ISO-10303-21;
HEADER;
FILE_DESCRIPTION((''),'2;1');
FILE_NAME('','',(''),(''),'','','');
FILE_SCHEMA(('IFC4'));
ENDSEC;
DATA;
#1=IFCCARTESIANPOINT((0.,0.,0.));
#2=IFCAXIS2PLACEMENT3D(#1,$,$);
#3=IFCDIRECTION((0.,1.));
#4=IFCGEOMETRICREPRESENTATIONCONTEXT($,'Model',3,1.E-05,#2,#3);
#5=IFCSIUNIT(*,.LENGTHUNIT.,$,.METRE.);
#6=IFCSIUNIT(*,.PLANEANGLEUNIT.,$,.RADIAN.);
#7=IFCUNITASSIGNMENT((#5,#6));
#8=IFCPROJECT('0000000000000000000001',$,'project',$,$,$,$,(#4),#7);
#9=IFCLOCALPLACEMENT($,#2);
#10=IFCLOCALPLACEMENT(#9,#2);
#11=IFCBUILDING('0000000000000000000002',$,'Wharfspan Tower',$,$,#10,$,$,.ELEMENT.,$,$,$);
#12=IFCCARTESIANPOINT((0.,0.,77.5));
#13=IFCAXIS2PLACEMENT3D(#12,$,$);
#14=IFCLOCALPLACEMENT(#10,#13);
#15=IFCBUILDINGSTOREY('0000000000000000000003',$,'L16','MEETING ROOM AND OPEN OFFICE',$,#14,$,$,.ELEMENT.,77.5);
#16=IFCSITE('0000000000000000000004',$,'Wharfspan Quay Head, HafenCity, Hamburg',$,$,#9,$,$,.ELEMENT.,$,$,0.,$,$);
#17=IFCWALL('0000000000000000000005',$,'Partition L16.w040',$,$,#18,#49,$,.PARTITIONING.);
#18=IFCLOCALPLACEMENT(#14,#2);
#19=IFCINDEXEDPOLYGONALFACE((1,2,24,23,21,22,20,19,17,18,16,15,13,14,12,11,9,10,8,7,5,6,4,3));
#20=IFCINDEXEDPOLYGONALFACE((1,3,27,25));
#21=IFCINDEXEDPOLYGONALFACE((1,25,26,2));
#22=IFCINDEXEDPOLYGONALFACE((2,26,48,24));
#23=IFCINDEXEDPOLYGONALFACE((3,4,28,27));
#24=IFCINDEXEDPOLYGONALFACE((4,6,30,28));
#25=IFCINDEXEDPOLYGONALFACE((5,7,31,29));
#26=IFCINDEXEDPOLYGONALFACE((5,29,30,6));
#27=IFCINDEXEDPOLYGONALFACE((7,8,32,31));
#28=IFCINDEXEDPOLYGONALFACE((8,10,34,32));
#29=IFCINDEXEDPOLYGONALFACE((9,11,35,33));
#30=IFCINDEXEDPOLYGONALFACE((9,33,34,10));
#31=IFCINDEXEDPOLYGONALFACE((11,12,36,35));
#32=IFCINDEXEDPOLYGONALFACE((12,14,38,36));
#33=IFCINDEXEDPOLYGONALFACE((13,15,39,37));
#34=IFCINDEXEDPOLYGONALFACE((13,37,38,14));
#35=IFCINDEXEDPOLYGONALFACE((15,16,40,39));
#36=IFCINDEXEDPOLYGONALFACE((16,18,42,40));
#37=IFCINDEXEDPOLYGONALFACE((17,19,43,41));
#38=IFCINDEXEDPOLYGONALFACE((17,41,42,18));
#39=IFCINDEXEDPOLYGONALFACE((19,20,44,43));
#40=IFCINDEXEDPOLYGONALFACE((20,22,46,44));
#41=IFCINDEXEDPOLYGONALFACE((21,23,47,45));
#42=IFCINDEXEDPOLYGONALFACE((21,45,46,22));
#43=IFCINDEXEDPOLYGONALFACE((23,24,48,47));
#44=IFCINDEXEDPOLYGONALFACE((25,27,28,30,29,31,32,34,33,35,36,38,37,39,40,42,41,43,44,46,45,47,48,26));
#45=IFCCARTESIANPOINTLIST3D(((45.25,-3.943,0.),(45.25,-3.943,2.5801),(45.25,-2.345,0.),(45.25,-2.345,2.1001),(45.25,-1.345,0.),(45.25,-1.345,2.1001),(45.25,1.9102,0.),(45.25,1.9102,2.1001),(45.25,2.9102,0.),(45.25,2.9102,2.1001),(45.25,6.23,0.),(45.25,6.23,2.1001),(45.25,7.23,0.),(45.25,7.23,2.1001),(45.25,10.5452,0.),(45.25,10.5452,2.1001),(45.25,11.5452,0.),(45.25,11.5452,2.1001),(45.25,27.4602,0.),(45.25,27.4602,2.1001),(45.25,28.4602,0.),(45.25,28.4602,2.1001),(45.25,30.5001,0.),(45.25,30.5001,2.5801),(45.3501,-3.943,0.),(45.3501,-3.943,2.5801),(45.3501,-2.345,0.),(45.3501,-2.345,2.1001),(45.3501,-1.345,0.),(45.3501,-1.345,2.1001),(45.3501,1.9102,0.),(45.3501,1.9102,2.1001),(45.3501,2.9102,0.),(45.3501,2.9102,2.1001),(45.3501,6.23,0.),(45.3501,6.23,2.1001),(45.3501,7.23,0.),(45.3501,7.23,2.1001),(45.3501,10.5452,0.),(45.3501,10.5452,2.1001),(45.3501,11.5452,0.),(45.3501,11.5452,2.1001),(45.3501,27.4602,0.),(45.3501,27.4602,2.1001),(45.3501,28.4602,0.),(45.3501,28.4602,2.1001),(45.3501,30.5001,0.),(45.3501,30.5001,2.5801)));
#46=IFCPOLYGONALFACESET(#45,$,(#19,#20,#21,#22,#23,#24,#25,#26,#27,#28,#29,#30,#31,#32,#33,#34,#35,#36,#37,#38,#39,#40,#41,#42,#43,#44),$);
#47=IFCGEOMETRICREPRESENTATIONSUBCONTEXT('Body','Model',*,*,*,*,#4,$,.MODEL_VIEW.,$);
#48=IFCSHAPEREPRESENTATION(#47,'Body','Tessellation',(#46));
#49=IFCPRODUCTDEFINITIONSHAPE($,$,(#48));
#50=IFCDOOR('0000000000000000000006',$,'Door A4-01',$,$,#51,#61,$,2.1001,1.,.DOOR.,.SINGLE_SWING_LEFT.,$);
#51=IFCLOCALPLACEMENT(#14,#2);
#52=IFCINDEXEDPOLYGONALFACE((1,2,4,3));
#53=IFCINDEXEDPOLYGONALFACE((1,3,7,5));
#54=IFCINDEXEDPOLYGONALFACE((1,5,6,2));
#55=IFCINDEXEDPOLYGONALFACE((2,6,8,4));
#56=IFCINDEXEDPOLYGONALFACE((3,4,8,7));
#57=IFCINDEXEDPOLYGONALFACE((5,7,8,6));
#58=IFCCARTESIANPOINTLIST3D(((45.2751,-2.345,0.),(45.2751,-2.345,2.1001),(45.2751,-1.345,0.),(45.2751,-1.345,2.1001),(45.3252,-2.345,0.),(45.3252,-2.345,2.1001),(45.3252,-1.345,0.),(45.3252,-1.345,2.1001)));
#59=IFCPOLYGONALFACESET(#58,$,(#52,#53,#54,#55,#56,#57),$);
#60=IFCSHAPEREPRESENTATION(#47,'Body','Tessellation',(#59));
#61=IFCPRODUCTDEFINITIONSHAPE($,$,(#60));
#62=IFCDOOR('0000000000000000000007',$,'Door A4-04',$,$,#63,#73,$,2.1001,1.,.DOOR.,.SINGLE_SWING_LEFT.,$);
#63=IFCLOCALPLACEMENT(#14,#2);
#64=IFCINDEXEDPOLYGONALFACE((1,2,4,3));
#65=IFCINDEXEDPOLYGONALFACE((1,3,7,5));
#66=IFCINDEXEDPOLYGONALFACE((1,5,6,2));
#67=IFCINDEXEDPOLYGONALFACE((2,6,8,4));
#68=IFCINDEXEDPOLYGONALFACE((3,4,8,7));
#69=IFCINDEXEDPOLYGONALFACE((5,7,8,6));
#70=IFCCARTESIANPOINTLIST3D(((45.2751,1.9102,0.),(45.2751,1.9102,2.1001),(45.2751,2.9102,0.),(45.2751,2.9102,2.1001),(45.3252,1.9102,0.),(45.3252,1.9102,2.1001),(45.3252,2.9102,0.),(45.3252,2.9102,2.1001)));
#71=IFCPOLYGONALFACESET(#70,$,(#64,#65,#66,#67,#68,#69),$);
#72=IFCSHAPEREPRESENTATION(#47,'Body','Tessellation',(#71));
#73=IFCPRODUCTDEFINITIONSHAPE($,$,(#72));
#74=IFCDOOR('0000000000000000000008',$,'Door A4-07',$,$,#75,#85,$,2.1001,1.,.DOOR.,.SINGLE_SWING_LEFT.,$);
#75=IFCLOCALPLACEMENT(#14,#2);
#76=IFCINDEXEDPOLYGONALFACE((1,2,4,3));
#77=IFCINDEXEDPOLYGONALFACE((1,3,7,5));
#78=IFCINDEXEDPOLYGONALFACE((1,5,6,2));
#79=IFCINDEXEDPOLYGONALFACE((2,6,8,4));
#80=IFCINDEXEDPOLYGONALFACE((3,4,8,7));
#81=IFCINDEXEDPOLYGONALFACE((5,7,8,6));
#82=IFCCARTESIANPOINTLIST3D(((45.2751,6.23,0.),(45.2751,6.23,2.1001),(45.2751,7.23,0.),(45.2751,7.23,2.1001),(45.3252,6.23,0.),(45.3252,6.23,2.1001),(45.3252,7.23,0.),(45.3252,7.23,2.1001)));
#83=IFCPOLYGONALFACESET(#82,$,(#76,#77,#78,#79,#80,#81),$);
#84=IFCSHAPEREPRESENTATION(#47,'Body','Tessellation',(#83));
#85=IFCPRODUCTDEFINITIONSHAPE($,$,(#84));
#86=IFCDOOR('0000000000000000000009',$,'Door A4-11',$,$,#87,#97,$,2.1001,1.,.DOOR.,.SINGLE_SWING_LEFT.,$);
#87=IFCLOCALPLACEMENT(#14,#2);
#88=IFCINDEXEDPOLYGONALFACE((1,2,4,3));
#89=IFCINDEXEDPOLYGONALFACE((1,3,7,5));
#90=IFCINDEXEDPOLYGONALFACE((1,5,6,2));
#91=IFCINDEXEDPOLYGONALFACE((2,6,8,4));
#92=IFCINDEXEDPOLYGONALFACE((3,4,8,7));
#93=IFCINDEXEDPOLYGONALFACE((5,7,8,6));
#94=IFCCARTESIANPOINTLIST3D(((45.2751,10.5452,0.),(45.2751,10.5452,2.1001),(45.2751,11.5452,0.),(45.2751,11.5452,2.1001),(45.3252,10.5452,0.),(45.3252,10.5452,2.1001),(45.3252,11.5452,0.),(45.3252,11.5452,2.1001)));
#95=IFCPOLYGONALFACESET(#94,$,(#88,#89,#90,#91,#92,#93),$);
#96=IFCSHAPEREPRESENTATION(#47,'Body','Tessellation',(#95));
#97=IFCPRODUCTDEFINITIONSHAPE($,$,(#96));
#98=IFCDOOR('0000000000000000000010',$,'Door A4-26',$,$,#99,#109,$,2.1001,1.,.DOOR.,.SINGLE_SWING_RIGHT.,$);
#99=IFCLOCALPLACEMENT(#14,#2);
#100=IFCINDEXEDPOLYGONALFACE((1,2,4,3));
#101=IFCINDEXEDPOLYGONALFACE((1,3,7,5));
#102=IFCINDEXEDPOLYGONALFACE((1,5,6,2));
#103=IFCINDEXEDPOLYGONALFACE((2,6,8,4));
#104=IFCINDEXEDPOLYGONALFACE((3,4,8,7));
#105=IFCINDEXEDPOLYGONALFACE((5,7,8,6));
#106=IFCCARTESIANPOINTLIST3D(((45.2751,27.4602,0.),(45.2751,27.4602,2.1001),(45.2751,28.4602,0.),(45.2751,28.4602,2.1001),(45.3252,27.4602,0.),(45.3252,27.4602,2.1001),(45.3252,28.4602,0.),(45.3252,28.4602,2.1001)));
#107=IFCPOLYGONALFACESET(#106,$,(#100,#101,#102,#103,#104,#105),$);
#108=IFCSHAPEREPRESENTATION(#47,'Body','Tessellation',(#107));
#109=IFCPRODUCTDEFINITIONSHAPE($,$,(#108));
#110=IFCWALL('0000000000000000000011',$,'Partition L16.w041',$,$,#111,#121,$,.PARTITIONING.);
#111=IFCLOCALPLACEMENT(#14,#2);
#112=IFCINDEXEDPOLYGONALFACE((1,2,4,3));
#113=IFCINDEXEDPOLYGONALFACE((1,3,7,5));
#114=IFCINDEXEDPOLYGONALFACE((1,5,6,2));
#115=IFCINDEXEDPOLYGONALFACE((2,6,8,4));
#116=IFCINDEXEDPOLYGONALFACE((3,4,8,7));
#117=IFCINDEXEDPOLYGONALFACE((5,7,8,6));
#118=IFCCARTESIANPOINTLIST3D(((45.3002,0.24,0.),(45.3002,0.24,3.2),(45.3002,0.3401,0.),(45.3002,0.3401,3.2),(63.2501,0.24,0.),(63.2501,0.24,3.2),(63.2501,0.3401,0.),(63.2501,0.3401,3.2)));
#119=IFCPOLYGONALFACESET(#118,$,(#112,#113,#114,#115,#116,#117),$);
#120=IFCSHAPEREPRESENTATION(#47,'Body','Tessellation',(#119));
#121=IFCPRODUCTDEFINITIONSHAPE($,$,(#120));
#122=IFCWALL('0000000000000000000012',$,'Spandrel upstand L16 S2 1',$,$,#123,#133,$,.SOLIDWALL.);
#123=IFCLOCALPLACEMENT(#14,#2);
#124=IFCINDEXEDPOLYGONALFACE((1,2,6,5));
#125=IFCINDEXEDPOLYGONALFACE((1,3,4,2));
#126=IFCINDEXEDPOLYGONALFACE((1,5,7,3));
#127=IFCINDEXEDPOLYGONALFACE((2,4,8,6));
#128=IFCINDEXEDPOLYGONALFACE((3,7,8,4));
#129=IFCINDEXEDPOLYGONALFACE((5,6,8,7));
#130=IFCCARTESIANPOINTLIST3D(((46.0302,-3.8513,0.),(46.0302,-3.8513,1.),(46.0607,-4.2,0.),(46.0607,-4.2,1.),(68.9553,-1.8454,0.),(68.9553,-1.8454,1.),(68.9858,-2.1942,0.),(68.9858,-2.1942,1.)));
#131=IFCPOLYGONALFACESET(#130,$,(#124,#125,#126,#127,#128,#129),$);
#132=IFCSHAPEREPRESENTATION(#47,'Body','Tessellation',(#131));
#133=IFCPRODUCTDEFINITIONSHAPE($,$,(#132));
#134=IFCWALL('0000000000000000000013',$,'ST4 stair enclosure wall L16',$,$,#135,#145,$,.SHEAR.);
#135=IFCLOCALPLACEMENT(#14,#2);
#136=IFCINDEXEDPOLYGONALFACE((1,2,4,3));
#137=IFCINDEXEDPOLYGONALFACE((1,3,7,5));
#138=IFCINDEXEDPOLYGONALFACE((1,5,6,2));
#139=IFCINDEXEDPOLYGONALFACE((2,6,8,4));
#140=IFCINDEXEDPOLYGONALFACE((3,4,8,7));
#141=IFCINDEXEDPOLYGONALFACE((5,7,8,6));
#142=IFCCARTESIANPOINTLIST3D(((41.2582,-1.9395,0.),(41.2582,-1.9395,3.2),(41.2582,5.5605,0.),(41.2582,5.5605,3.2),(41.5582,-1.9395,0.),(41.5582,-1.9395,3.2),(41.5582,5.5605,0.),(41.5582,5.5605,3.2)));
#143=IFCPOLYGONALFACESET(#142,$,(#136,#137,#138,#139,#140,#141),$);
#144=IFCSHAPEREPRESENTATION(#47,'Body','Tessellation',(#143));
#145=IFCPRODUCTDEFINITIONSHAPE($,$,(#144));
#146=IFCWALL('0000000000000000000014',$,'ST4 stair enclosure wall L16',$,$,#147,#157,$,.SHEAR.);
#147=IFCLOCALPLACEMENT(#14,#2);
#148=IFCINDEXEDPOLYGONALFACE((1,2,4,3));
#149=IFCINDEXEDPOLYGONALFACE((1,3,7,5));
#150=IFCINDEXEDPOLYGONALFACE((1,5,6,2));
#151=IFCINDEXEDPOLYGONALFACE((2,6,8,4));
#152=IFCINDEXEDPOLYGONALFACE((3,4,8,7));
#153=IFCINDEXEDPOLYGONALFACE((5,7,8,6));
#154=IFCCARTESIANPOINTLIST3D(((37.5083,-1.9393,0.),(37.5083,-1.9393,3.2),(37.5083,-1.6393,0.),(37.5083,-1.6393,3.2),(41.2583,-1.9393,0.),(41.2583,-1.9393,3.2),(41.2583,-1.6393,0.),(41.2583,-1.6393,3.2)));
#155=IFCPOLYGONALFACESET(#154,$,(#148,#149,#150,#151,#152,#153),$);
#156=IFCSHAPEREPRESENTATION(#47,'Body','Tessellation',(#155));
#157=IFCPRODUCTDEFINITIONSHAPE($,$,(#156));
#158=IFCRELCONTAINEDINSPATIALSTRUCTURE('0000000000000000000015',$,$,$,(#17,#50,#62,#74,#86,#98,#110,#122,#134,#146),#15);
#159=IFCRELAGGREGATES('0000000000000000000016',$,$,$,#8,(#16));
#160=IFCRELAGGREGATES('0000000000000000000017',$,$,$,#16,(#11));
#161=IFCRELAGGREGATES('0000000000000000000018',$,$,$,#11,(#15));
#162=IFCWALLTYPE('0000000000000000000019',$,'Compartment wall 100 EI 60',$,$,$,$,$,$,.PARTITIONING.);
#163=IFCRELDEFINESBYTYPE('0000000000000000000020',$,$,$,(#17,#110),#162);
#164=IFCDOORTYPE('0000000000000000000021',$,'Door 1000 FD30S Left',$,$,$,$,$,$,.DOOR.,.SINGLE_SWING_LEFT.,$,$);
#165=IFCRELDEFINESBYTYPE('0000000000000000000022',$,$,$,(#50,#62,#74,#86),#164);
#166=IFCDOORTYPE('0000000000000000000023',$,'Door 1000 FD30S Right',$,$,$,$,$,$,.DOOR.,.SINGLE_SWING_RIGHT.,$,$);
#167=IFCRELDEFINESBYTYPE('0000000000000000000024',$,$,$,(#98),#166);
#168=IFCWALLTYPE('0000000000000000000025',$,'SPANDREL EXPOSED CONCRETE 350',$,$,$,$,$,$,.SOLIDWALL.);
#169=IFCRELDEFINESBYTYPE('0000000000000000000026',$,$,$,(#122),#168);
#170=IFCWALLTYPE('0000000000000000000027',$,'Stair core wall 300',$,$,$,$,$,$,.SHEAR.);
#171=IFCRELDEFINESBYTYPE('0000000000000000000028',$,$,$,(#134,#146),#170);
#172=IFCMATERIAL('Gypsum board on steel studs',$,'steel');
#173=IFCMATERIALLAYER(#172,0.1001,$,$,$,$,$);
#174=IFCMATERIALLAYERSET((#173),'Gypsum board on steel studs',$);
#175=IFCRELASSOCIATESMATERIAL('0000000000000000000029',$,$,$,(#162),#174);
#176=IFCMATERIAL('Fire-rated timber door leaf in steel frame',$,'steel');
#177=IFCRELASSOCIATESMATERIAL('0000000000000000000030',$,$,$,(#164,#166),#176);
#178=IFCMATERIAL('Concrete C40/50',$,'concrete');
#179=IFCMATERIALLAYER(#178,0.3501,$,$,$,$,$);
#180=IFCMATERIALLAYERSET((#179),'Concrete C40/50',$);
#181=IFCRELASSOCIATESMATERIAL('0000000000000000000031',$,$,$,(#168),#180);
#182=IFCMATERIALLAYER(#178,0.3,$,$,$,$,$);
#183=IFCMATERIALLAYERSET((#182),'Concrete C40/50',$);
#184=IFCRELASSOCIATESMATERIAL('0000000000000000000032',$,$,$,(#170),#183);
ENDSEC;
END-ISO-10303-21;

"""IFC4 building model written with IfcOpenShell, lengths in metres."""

from ifc_helpers import new_model, si_unit, direction, frame, frame_2d, origin, place, context, subcontext, project, spatial, rectangle, extrude, material, layer, layer_set, type_object, element, fill, save


model = new_model("IFC4")

# Units and contexts
model_context = context("Model", 3, precision=1e-05, world=origin(), true_north=direction((0.0, 1.0)))
body_context = subcontext(model_context, "Body", "Model", "MODEL_VIEW")
ifc_project = project(units=[si_unit("LENGTHUNIT", "METRE"), si_unit("PLANEANGLEUNIT", "RADIAN")], contexts=[model_context])

# Site, building, storey
site_placement = place(None, origin())
site = spatial("IfcSite", under=ifc_project, at=site_placement, Name="Wharfspan Quay Head, HafenCity, Hamburg", CompositionType="ELEMENT", RefElevation=0.0)
building_placement = place(site_placement, origin())
building = spatial("IfcBuilding", under=site, at=building_placement, Name="Wharfspan Tower", CompositionType="ELEMENT")
storey_placement = place(building_placement, frame((0.0, 0.0, 77.5)))
storey = spatial("IfcBuildingStorey", under=building, at=storey_placement, Name="L16", Description="MEETING ROOM AND OPEN OFFICE", CompositionType="ELEMENT", Elevation=77.5)

# Wall, openings, doors
ifc_material_1 = material(Name="Gypsum board on steel studs", Category="steel")
ifc_layer_1 = layer(ifc_material_1, 0.1001)
ifc_layer_set_1 = layer_set([ifc_layer_1], Name="Gypsum board on steel studs")
wall_type_1 = type_object("IfcWallType", Name="Compartment wall 100 EI 60", PredefinedType="PARTITIONING", material=ifc_layer_set_1)
wall_1_placement = place(storey_placement, frame((45.3, -3.9431, 0.0), z_axis=(0.0, 0.0, 1.0), x_axis=(0.0, 1.0, 0.0)))
wall_1 = element("IfcWall", 1, at=wall_1_placement, inside=storey, type_object=wall_type_1, Name="Partition L16.w040", PredefinedType="PARTITIONING", context=body_context, shape_type="SweptSolid", body=[
    extrude(rectangle(XDim=34.4431, YDim=0.1001, at=frame_2d((17.2217, 0.0))), origin(), (0.0, 0.0, 1.0), 2.5801),
])
opening_1_placement = place(wall_1_placement, frame((1.5981, 0.0, 0.0)))
opening_1 = element("IfcOpeningElement", 2, at=opening_1_placement, cuts=wall_1, PredefinedType="OPENING", context=body_context, shape_type="SweptSolid", body=[
    extrude(rectangle(XDim=1.0, YDim=2.1001, at=frame_2d((0.5, 1.05))), frame((0.0, 0.0601, 0.0), z_axis=(0.0, -1.0, 0.0), x_axis=(1.0, 0.0, 0.0)), (0.0, 0.0, 1.0), 0.1201),
])
opening_2_placement = place(wall_1_placement, frame((5.8533, 0.0, 0.0)))
opening_2 = element("IfcOpeningElement", 3, at=opening_2_placement, cuts=wall_1, PredefinedType="OPENING", context=body_context, shape_type="SweptSolid", body=[
    extrude(rectangle(XDim=1.0, YDim=2.1001, at=frame_2d((0.5, 1.05))), frame((0.0, 0.0601, 0.0), z_axis=(0.0, -1.0, 0.0), x_axis=(1.0, 0.0, 0.0)), (0.0, 0.0, 1.0), 0.1201),
])
opening_3_placement = place(wall_1_placement, frame((10.1731, 0.0, 0.0)))
opening_3 = element("IfcOpeningElement", 4, at=opening_3_placement, cuts=wall_1, PredefinedType="OPENING", context=body_context, shape_type="SweptSolid", body=[
    extrude(rectangle(XDim=1.0, YDim=2.1001, at=frame_2d((0.5, 1.05))), frame((0.0, 0.0601, 0.0), z_axis=(0.0, -1.0, 0.0), x_axis=(1.0, 0.0, 0.0)), (0.0, 0.0, 1.0), 0.1201),
])
opening_4_placement = place(wall_1_placement, frame((14.4883, 0.0, 0.0)))
opening_4 = element("IfcOpeningElement", 5, at=opening_4_placement, cuts=wall_1, PredefinedType="OPENING", context=body_context, shape_type="SweptSolid", body=[
    extrude(rectangle(XDim=1.0, YDim=2.1001, at=frame_2d((0.5, 1.05))), frame((0.0, 0.0601, 0.0), z_axis=(0.0, -1.0, 0.0), x_axis=(1.0, 0.0, 0.0)), (0.0, 0.0, 1.0), 0.1201),
])
opening_5_placement = place(wall_1_placement, frame((31.4033, 0.0, 0.0)))
opening_5 = element("IfcOpeningElement", 6, at=opening_5_placement, cuts=wall_1, PredefinedType="OPENING", context=body_context, shape_type="SweptSolid", body=[
    extrude(rectangle(XDim=1.0, YDim=2.1001, at=frame_2d((0.5, 1.05))), frame((0.0, 0.0601, 0.0), z_axis=(0.0, -1.0, 0.0), x_axis=(1.0, 0.0, 0.0)), (0.0, 0.0, 1.0), 0.1201),
])
ifc_material_2 = material(Name="Fire-rated timber door leaf in steel frame", Category="steel")
door_type_1 = type_object("IfcDoorType", Name="Door 1000 FD30S Left", OperationType="SINGLE_SWING_LEFT", PredefinedType="DOOR", material=ifc_material_2)
door_1_placement = place(opening_1_placement, origin())
door_1 = element("IfcDoor", 7, at=door_1_placement, inside=storey, type_object=door_type_1, Name="Door A4-01", OperationType="SINGLE_SWING_LEFT", OverallHeight=2.1001, OverallWidth=1.0, PredefinedType="DOOR", context=body_context, shape_type="SweptSolid", body=[
    extrude(rectangle(XDim=1.0, YDim=2.1001, at=frame_2d((0.5, 1.05))), frame((0.0, 0.0249, 0.0), z_axis=(0.0, -1.0, 0.0), x_axis=(1.0, 0.0, 0.0)), (0.0, 0.0, 1.0), 0.05),
])
fill(opening_1, door_1)
door_2_placement = place(opening_2_placement, origin())
door_2 = element("IfcDoor", 8, at=door_2_placement, inside=storey, type_object=door_type_1, Name="Door A4-04", OperationType="SINGLE_SWING_LEFT", OverallHeight=2.1001, OverallWidth=1.0, PredefinedType="DOOR", context=body_context, shape_type="SweptSolid", body=[
    extrude(rectangle(XDim=1.0, YDim=2.1001, at=frame_2d((0.5, 1.05))), frame((0.0, 0.0249, 0.0), z_axis=(0.0, -1.0, 0.0), x_axis=(1.0, 0.0, 0.0)), (0.0, 0.0, 1.0), 0.05),
])
fill(opening_2, door_2)
door_3_placement = place(opening_3_placement, origin())
door_3 = element("IfcDoor", 9, at=door_3_placement, inside=storey, type_object=door_type_1, Name="Door A4-07", OperationType="SINGLE_SWING_LEFT", OverallHeight=2.1001, OverallWidth=1.0, PredefinedType="DOOR", context=body_context, shape_type="SweptSolid", body=[
    extrude(rectangle(XDim=1.0, YDim=2.1001, at=frame_2d((0.5, 1.05))), frame((0.0, 0.0249, 0.0), z_axis=(0.0, -1.0, 0.0), x_axis=(1.0, 0.0, 0.0)), (0.0, 0.0, 1.0), 0.05),
])
fill(opening_3, door_3)
door_4_placement = place(opening_4_placement, origin())
door_4 = element("IfcDoor", 10, at=door_4_placement, inside=storey, type_object=door_type_1, Name="Door A4-11", OperationType="SINGLE_SWING_LEFT", OverallHeight=2.1001, OverallWidth=1.0, PredefinedType="DOOR", context=body_context, shape_type="SweptSolid", body=[
    extrude(rectangle(XDim=1.0, YDim=2.1001, at=frame_2d((0.5, 1.05))), frame((0.0, 0.0249, 0.0), z_axis=(0.0, -1.0, 0.0), x_axis=(1.0, 0.0, 0.0)), (0.0, 0.0, 1.0), 0.05),
])
fill(opening_4, door_4)
door_type_2 = type_object("IfcDoorType", Name="Door 1000 FD30S Right", OperationType="SINGLE_SWING_RIGHT", PredefinedType="DOOR", material=ifc_material_2)
door_5_placement = place(opening_5_placement, origin())
door_5 = element("IfcDoor", 11, at=door_5_placement, inside=storey, type_object=door_type_2, Name="Door A4-26", OperationType="SINGLE_SWING_RIGHT", OverallHeight=2.1001, OverallWidth=1.0, PredefinedType="DOOR", context=body_context, shape_type="SweptSolid", body=[
    extrude(rectangle(XDim=1.0, YDim=2.1001, at=frame_2d((0.5, 1.05))), frame((0.0, 0.0249, 0.0), z_axis=(0.0, -1.0, 0.0), x_axis=(1.0, 0.0, 0.0)), (0.0, 0.0, 1.0), 0.05),
])
fill(opening_5, door_5)

# Walls
wall_2_placement = place(storey_placement, frame((45.3, 0.29, 0.0), z_axis=(0.0, 0.0, 1.0), x_axis=(1.0, 0.0, 0.0)))
element("IfcWall", 12, at=wall_2_placement, inside=storey, type_object=wall_type_1, Name="Partition L16.w041", PredefinedType="PARTITIONING", context=body_context, shape_type="SweptSolid", body=[
    extrude(rectangle(XDim=17.95, YDim=0.1001, at=frame_2d((8.9751, 0.0))), origin(), (0.0, 0.0, 1.0), 3.2),
])
ifc_material_3 = material(Name="Concrete C40/50", Category="concrete")
ifc_layer_2 = layer(ifc_material_3, 0.3501)
ifc_layer_set_2 = layer_set([ifc_layer_2], Name="Concrete C40/50")
wall_type_2 = type_object("IfcWallType", Name="SPANDREL EXPOSED CONCRETE 350", PredefinedType="SOLIDWALL", material=ifc_layer_set_2)
wall_3_placement = place(storey_placement, frame((46.0454, -4.0256, 0.0), z_axis=(0.0, 0.0, 1.0), x_axis=(0.99619, 0.087163, 0.0)))
element("IfcWall", 13, at=wall_3_placement, inside=storey, type_object=wall_type_2, Name="Spandrel upstand L16 S2 1", PredefinedType="SOLIDWALL", context=body_context, shape_type="SweptSolid", body=[
    extrude(rectangle(XDim=23.0127, YDim=0.3501, at=frame_2d((11.5063, 0.0))), origin(), (0.0, 0.0, 1.0), 1.0),
])
ifc_layer_3 = layer(ifc_material_3, 0.3)
ifc_layer_set_3 = layer_set([ifc_layer_3], Name="Concrete C40/50")
wall_type_3 = type_object("IfcWallType", Name="Stair core wall 300", PredefinedType="SHEAR", material=ifc_layer_set_3)
wall_4_placement = place(storey_placement, frame((41.4082, -1.9395, 0.0), z_axis=(0.0, 0.0, 1.0), x_axis=(0.0, 1.0, 0.0)))
element("IfcWall", 14, at=wall_4_placement, inside=storey, type_object=wall_type_3, Name="ST4 stair enclosure wall L16", PredefinedType="SHEAR", context=body_context, shape_type="SweptSolid", body=[
    extrude(rectangle(XDim=7.5, YDim=0.3, at=frame_2d((3.75, 0.0))), origin(), (0.0, 0.0, 1.0), 3.2),
])
wall_5_placement = place(storey_placement, frame((37.5083, -1.7893, 0.0), z_axis=(0.0, 0.0, 1.0), x_axis=(1.0, 0.0, 0.0)))
element("IfcWall", 15, at=wall_5_placement, inside=storey, type_object=wall_type_3, Name="ST4 stair enclosure wall L16", PredefinedType="SHEAR", context=body_context, shape_type="SweptSolid", body=[
    extrude(rectangle(XDim=3.75, YDim=0.3, at=frame_2d((1.875, 0.0))), origin(), (0.0, 0.0, 1.0), 3.2),
])

save(model, "model.ifc")
